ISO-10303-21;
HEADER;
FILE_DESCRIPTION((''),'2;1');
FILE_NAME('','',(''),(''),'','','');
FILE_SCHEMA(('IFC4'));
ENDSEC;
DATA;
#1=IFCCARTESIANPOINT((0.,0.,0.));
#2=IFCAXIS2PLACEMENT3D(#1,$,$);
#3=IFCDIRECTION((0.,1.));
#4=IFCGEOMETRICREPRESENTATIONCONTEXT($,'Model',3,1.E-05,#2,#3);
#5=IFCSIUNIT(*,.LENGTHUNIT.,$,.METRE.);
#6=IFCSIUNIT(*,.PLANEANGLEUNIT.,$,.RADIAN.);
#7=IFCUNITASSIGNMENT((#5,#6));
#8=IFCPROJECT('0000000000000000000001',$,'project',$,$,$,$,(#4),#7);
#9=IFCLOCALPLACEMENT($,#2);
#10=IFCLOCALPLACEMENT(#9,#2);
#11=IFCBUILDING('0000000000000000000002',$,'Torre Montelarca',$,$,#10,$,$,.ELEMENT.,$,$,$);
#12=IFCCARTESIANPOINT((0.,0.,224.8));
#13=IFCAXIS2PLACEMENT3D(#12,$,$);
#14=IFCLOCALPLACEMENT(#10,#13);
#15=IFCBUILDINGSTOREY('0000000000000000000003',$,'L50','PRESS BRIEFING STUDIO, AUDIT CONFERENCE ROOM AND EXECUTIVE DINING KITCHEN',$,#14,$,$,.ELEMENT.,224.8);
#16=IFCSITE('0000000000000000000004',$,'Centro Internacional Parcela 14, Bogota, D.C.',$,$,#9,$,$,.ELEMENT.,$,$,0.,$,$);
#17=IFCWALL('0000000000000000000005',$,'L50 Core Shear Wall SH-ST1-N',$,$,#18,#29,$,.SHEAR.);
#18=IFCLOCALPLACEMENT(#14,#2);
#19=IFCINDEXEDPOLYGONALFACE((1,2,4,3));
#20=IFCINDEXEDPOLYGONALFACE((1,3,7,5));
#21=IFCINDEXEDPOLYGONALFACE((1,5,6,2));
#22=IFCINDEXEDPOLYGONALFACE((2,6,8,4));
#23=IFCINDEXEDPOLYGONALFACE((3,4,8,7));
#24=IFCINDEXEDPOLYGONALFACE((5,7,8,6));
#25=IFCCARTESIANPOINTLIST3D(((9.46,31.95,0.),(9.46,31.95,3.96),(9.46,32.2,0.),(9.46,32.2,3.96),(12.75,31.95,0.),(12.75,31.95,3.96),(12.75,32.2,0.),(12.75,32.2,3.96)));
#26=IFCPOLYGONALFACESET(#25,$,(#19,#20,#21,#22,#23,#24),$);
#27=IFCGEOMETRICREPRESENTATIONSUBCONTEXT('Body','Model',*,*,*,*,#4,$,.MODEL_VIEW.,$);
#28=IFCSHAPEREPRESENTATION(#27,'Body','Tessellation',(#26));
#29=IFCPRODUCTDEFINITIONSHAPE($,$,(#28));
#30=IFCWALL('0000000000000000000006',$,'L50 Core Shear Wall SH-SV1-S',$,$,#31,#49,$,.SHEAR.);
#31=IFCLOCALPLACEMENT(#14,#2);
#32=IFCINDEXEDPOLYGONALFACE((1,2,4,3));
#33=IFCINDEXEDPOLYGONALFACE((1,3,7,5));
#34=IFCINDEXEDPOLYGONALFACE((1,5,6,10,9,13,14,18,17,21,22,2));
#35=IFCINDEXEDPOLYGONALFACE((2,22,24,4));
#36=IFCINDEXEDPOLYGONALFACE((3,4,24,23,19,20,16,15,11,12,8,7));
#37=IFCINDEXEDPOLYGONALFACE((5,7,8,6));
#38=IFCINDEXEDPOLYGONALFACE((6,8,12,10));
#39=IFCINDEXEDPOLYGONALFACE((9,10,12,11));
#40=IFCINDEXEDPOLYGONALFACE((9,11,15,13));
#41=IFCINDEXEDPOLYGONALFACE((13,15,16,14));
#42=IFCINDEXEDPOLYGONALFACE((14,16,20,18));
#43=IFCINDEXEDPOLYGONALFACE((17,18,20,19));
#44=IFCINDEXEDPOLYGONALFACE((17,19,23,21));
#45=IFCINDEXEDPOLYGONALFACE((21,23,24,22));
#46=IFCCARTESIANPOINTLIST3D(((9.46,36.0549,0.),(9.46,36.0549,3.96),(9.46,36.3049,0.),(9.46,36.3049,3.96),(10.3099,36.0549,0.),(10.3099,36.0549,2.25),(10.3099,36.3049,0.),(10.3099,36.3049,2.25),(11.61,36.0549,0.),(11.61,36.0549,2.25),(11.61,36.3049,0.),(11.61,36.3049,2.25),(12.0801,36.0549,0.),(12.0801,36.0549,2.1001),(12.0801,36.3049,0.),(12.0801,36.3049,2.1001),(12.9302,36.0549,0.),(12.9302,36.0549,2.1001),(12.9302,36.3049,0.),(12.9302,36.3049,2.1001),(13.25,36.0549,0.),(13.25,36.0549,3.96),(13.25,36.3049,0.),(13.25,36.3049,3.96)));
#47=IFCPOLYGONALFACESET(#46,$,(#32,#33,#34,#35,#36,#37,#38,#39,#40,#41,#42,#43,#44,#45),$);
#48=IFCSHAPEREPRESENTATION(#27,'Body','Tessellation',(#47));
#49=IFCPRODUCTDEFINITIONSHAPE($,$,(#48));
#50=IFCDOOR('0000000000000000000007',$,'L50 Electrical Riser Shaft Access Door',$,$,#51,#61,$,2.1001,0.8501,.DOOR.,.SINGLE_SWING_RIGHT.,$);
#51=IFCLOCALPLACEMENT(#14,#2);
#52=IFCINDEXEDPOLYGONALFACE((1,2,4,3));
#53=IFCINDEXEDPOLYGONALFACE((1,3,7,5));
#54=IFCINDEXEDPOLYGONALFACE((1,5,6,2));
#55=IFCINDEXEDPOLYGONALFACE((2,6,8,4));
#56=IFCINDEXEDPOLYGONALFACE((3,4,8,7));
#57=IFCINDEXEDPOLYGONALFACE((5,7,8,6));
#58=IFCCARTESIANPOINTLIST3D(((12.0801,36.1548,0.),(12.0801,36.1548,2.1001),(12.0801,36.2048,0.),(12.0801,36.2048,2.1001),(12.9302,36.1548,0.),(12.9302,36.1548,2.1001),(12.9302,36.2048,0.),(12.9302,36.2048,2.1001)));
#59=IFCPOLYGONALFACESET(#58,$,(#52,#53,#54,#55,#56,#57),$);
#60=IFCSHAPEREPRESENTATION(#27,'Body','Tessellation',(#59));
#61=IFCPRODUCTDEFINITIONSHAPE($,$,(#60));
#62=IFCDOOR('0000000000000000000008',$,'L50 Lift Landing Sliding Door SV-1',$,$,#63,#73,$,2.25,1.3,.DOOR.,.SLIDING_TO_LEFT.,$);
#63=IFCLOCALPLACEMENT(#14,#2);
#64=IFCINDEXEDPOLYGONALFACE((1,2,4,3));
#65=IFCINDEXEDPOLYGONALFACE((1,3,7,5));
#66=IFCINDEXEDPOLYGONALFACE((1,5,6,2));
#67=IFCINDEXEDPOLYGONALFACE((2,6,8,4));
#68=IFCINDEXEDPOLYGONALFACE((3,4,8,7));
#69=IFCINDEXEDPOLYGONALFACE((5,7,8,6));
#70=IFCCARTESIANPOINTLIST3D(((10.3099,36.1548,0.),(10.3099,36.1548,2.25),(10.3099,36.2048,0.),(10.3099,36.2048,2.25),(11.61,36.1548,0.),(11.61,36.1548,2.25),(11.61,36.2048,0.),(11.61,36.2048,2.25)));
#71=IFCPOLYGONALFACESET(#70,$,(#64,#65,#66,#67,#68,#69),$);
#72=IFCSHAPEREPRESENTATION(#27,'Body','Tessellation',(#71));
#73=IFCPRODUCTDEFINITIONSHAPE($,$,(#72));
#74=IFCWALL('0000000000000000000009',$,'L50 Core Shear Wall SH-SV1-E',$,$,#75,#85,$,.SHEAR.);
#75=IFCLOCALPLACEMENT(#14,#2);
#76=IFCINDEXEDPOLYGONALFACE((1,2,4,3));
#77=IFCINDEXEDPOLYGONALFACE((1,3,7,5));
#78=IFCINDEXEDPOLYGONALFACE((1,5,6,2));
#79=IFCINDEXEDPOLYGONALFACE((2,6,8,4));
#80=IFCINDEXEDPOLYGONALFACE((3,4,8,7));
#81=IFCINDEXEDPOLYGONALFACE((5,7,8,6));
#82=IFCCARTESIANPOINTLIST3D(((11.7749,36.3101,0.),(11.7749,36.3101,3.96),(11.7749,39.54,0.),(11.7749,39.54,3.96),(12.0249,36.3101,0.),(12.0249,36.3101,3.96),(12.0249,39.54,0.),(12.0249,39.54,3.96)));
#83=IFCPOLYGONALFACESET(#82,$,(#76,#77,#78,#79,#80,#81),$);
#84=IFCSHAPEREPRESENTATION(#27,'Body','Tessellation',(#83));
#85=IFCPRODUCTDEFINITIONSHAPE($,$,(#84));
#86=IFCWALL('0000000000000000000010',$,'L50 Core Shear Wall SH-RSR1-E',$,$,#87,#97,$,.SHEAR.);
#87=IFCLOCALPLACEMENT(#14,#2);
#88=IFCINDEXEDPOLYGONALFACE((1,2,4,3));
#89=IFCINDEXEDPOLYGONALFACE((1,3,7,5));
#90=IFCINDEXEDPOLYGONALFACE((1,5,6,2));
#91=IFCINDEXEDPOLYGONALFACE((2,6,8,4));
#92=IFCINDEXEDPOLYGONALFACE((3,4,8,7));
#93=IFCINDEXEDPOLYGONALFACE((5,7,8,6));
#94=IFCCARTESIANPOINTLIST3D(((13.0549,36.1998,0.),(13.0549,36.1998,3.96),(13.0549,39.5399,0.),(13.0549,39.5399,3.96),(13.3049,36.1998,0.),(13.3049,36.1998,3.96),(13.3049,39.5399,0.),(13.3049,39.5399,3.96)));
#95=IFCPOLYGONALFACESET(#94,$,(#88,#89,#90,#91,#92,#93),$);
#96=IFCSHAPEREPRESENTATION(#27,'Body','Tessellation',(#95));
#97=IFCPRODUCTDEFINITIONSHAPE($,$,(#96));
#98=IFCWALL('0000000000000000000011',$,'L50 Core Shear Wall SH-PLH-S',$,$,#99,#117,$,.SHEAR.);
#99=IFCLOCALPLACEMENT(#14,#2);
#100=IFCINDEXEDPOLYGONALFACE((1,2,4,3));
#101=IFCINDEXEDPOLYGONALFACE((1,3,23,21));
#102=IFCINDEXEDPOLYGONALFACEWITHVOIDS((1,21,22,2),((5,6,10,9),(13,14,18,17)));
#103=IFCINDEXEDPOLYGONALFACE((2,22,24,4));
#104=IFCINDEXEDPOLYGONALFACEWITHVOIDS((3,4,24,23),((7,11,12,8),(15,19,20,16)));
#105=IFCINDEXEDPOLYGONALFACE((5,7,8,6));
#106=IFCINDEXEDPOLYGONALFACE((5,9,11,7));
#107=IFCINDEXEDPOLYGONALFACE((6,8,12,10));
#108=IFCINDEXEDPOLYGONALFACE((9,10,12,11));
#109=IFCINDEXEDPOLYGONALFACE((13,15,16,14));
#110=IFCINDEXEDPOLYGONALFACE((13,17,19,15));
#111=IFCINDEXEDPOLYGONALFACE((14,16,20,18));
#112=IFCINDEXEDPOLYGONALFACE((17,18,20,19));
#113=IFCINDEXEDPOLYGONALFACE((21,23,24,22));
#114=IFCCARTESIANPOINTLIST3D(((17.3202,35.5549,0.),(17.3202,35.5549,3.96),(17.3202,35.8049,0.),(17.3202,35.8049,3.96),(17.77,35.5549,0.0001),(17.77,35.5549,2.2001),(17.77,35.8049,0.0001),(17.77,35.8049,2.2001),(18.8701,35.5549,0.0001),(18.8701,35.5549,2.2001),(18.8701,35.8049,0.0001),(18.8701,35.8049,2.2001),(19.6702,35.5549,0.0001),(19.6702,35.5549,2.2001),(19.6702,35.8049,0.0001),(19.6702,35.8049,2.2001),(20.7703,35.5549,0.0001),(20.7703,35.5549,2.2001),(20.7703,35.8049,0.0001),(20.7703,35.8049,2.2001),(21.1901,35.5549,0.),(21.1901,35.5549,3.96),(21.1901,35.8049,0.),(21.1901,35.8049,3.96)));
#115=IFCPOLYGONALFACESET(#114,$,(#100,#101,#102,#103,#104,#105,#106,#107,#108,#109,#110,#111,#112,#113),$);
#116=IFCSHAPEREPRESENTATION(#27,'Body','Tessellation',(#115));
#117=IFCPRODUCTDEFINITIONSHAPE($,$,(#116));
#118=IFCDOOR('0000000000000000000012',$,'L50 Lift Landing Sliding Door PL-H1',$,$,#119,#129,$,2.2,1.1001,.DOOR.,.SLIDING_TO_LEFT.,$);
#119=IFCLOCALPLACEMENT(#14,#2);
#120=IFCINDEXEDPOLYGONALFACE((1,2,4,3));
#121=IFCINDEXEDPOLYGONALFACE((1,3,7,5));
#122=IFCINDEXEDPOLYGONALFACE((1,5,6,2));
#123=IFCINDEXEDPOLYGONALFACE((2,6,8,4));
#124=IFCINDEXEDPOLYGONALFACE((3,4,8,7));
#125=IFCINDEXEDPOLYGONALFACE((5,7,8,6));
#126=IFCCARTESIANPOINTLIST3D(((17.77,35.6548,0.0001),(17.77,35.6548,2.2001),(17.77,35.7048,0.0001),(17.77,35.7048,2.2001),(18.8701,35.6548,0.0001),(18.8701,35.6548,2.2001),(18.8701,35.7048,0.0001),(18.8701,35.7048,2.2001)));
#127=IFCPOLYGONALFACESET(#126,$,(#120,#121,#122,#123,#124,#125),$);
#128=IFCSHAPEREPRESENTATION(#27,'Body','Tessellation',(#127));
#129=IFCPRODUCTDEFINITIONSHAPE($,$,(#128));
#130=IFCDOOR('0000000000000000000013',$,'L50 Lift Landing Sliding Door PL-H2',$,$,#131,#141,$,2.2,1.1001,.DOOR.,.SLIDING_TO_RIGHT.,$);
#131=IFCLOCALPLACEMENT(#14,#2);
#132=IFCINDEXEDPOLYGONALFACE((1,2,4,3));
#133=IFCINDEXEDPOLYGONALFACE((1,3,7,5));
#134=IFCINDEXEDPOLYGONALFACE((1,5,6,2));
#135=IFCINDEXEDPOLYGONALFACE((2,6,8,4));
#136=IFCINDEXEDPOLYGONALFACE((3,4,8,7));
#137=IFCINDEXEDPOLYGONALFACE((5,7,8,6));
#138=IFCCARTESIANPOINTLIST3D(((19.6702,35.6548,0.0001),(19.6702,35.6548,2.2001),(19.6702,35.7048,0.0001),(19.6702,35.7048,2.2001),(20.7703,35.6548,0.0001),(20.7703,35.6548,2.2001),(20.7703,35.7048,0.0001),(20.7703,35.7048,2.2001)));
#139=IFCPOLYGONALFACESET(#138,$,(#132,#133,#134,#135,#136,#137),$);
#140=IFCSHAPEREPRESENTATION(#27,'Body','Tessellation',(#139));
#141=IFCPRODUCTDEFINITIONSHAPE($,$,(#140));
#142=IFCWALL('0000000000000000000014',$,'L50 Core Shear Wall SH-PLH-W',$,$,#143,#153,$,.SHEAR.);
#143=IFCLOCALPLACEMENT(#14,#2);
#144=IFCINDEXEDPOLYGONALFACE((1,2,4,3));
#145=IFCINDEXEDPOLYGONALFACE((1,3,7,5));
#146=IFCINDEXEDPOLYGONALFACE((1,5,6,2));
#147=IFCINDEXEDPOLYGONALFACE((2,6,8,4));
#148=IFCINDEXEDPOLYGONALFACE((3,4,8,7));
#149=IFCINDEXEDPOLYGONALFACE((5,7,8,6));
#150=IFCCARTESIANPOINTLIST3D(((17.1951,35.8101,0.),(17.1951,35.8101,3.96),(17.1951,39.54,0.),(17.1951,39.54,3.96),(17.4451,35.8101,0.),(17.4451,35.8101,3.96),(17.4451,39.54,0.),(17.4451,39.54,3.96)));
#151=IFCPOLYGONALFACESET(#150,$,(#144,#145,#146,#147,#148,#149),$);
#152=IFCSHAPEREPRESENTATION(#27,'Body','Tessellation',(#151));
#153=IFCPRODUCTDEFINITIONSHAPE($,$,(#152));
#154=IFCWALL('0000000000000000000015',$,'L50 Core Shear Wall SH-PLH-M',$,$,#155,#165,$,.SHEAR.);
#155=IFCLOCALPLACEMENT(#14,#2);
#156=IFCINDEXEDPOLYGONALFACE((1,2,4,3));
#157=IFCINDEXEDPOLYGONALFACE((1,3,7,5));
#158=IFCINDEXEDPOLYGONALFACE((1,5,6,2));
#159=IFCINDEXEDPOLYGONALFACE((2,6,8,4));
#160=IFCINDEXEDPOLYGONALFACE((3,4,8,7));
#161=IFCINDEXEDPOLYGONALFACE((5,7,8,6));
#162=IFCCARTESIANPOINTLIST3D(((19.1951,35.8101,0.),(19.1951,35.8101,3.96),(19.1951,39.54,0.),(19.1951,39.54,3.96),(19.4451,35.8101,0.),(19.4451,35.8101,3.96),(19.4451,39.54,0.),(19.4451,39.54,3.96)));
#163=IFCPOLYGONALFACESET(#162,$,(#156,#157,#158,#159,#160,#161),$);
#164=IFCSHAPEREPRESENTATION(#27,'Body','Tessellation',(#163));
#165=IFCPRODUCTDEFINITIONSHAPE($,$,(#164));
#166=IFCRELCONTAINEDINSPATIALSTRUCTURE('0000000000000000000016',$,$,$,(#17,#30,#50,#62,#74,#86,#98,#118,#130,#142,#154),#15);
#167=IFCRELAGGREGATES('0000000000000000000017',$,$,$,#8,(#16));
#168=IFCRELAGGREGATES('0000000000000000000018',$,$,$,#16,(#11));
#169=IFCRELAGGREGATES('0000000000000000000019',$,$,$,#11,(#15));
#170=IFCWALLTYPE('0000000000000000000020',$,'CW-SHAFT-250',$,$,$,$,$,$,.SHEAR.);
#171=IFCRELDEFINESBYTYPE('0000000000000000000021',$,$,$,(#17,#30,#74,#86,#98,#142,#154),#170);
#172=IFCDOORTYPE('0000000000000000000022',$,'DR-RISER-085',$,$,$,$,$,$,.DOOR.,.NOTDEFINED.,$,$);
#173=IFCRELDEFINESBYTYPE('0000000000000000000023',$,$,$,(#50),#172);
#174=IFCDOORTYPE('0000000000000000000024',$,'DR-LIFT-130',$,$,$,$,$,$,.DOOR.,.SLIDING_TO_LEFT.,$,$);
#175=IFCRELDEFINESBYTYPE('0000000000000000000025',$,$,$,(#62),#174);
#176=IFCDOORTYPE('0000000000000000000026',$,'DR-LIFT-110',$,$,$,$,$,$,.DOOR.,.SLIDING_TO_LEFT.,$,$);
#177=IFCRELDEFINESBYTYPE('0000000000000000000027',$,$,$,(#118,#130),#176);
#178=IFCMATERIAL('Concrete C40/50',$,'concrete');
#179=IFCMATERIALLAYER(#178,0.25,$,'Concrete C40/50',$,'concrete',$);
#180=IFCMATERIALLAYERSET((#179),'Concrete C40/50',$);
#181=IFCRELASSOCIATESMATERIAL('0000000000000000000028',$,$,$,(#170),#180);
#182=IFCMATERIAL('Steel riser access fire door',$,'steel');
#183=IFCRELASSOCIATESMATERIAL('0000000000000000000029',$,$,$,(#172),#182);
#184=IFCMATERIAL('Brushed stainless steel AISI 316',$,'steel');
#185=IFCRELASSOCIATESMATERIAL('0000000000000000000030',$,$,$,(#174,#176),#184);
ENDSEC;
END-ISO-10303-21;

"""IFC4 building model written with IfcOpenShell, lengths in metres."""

from ifc_helpers import new_model, si_unit, direction, frame, frame_2d, origin, place, context, subcontext, project, spatial, rectangle, extrude, source, transform, mapped, material, layer, layer_set, type_object, element, fill, save


model = new_model("IFC4")

# Units and contexts
model_context = context("Model", 3, precision=1e-05, world=origin(), true_north=direction((0.0, 1.0)))
body_context = subcontext(model_context, "Body", "Model", "MODEL_VIEW")
ifc_project = project(units=[si_unit("LENGTHUNIT", "METRE"), si_unit("PLANEANGLEUNIT", "RADIAN")], contexts=[model_context])

# Site, building, storey
site_placement = place(None, origin())
site = spatial("IfcSite", under=ifc_project, at=site_placement, Name="Centro Internacional Parcela 14, Bogota, D.C.", CompositionType="ELEMENT", RefElevation=0.0)
building_placement = place(site_placement, origin())
building = spatial("IfcBuilding", under=site, at=building_placement, Name="Torre Montelarca", CompositionType="ELEMENT")
storey_placement = place(building_placement, frame((0.0, 0.0, 224.8)))
storey = spatial("IfcBuildingStorey", under=building, at=storey_placement, Name="L50", Description="PRESS BRIEFING STUDIO, AUDIT CONFERENCE ROOM AND EXECUTIVE DINING KITCHEN", CompositionType="ELEMENT", Elevation=224.8)

# Wall
ifc_material_1 = material(Name="Concrete C40/50", Category="concrete")
ifc_layer_1 = layer(ifc_material_1, 0.25, Name="Concrete C40/50", Category="concrete")
ifc_layer_set_1 = layer_set([ifc_layer_1], Name="Concrete C40/50")
wall_type_1 = type_object("IfcWallType", Name="CW-SHAFT-250", PredefinedType="SHEAR", material=ifc_layer_set_1)
wall_1_placement = place(storey_placement, frame((9.46, 32.075, 0.0), z_axis=(0.0, 0.0, 1.0), x_axis=(1.0, 0.0, 0.0)))
element("IfcWall", 1, at=wall_1_placement, inside=storey, type_object=wall_type_1, Name="L50 Core Shear Wall SH-ST1-N", PredefinedType="SHEAR", context=body_context, shape_type="SweptSolid", body=[
    extrude(rectangle(XDim=3.29, YDim=0.25, at=frame_2d((1.645, 0.0))), origin(), (0.0, 0.0, 1.0), 3.96),
])

# Wall, openings, doors
wall_2_placement = place(storey_placement, frame((9.46, 36.1799, 0.0), z_axis=(0.0, 0.0, 1.0), x_axis=(1.0, 0.0, 0.0)))
wall_2 = element("IfcWall", 2, at=wall_2_placement, inside=storey, type_object=wall_type_1, Name="L50 Core Shear Wall SH-SV1-S", PredefinedType="SHEAR", context=body_context, shape_type="SweptSolid", body=[
    extrude(rectangle(XDim=3.79, YDim=0.25, at=frame_2d((1.895, 0.0))), origin(), (0.0, 0.0, 1.0), 3.96),
])
opening_1_placement = place(wall_2_placement, frame((2.6201, 0.0, 0.0)))
opening_1 = element("IfcOpeningElement", 3, at=opening_1_placement, cuts=wall_2, PredefinedType="OPENING", context=body_context, shape_type="SweptSolid", body=[
    extrude(rectangle(XDim=0.8501, YDim=2.1001, at=frame_2d((0.425, 1.05))), frame((0.0, 0.135, 0.0), z_axis=(0.0, -1.0, 0.0), x_axis=(1.0, 0.0, 0.0)), (0.0, 0.0, 1.0), 0.27),
])
opening_2_placement = place(wall_2_placement, frame((0.8501, 0.0, 0.0)))
opening_2 = element("IfcOpeningElement", 4, at=opening_2_placement, cuts=wall_2, PredefinedType="OPENING", context=body_context, shape_type="SweptSolid", body=[
    extrude(rectangle(XDim=1.3, YDim=2.25, at=frame_2d((0.6499, 1.125))), frame((0.0, 0.135, 0.0), z_axis=(0.0, -1.0, 0.0), x_axis=(1.0, 0.0, 0.0)), (0.0, 0.0, 1.0), 0.27),
])
ifc_material_2 = material(Name="Steel riser access fire door", Category="steel")
door_type_1 = type_object("IfcDoorType", Name="DR-RISER-085", OperationType="NOTDEFINED", PredefinedType="DOOR", material=ifc_material_2)
shared_shape_1 = source(origin(), body_context, "Body", "SweptSolid", [
    extrude(rectangle(XDim=0.8501, YDim=2.1001, at=frame_2d((0.425, 1.05))), frame((0.0, 0.0249, 0.0), z_axis=(0.0, -1.0, 0.0), x_axis=(1.0, 0.0, 0.0)), (0.0, 0.0, 1.0), 0.05),
])
door_1_placement = place(opening_1_placement, origin())
door_1 = element("IfcDoor", 5, at=door_1_placement, inside=storey, type_object=door_type_1, Name="L50 Electrical Riser Shaft Access Door", OperationType="SINGLE_SWING_RIGHT", OverallHeight=2.1001, OverallWidth=0.8501, PredefinedType="DOOR", context=body_context, shape_type="MappedRepresentation", body=[
    mapped(shared_shape_1, transform((0.0, 0.0, 0.0), scale=1.0)),
])
fill(opening_1, door_1)
ifc_material_3 = material(Name="Brushed stainless steel AISI 316", Category="steel")
door_type_2 = type_object("IfcDoorType", Name="DR-LIFT-130", OperationType="SLIDING_TO_LEFT", PredefinedType="DOOR", material=ifc_material_3)
shared_shape_2 = source(origin(), body_context, "Body", "SweptSolid", [
    extrude(rectangle(XDim=1.3, YDim=2.25, at=frame_2d((0.6499, 1.125))), frame((0.0, 0.0249, 0.0), z_axis=(0.0, -1.0, 0.0), x_axis=(1.0, 0.0, 0.0)), (0.0, 0.0, 1.0), 0.05),
])
door_2_placement = place(opening_2_placement, origin())
door_2 = element("IfcDoor", 6, at=door_2_placement, inside=storey, type_object=door_type_2, Name="L50 Lift Landing Sliding Door SV-1", OperationType="SLIDING_TO_LEFT", OverallHeight=2.25, OverallWidth=1.3, PredefinedType="DOOR", context=body_context, shape_type="MappedRepresentation", body=[
    mapped(shared_shape_2, transform((0.0, 0.0, 0.0), scale=1.0)),
])
fill(opening_2, door_2)

# Walls
wall_3_placement = place(storey_placement, frame((11.8999, 36.3101, 0.0), z_axis=(0.0, 0.0, 1.0), x_axis=(0.0, 1.0, 0.0)))
element("IfcWall", 7, at=wall_3_placement, inside=storey, type_object=wall_type_1, Name="L50 Core Shear Wall SH-SV1-E", PredefinedType="SHEAR", context=body_context, shape_type="SweptSolid", body=[
    extrude(rectangle(XDim=3.23, YDim=0.25, at=frame_2d((1.615, 0.0))), origin(), (0.0, 0.0, 1.0), 3.96),
])
wall_4_placement = place(storey_placement, frame((13.1799, 36.2, 0.0), z_axis=(0.0, 0.0, 1.0), x_axis=(0.0, 1.0, 0.0)))
element("IfcWall", 8, at=wall_4_placement, inside=storey, type_object=wall_type_1, Name="L50 Core Shear Wall SH-RSR1-E", PredefinedType="SHEAR", context=body_context, shape_type="SweptSolid", body=[
    extrude(rectangle(XDim=3.3401, YDim=0.25, at=frame_2d((1.6699, 0.0))), origin(), (0.0, 0.0, 1.0), 3.96),
])

# Wall, openings, doors
wall_5_placement = place(storey_placement, frame((17.3201, 35.6799, 0.0), z_axis=(0.0, 0.0, 1.0), x_axis=(1.0, 0.0, 0.0)))
wall_5 = element("IfcWall", 9, at=wall_5_placement, inside=storey, type_object=wall_type_1, Name="L50 Core Shear Wall SH-PLH-S", PredefinedType="SHEAR", context=body_context, shape_type="SweptSolid", body=[
    extrude(rectangle(XDim=3.8699, YDim=0.25, at=frame_2d((1.9351, 0.0))), origin(), (0.0, 0.0, 1.0), 3.96),
])
opening_3_placement = place(wall_5_placement, frame((0.45, 0.0, 0.0)))
opening_3 = element("IfcOpeningElement", 10, at=opening_3_placement, cuts=wall_5, PredefinedType="OPENING", context=body_context, shape_type="SweptSolid", body=[
    extrude(rectangle(XDim=1.1001, YDim=2.2, at=frame_2d((0.55, 1.1001))), frame((0.0, 0.135, 0.0), z_axis=(0.0, -1.0, 0.0), x_axis=(1.0, 0.0, 0.0)), (0.0, 0.0, 1.0), 0.27),
])
opening_4_placement = place(wall_5_placement, frame((2.3501, 0.0, 0.0)))
opening_4 = element("IfcOpeningElement", 11, at=opening_4_placement, cuts=wall_5, PredefinedType="OPENING", context=body_context, shape_type="SweptSolid", body=[
    extrude(rectangle(XDim=1.1001, YDim=2.2, at=frame_2d((0.55, 1.1001))), frame((0.0, 0.135, 0.0), z_axis=(0.0, -1.0, 0.0), x_axis=(1.0, 0.0, 0.0)), (0.0, 0.0, 1.0), 0.27),
])
door_type_3 = type_object("IfcDoorType", Name="DR-LIFT-110", OperationType="SLIDING_TO_LEFT", PredefinedType="DOOR", material=ifc_material_3)
shared_shape_3 = source(origin(), body_context, "Body", "SweptSolid", [
    extrude(rectangle(XDim=1.1001, YDim=2.2, at=frame_2d((0.55, 1.1001))), frame((0.0, 0.0249, 0.0), z_axis=(0.0, -1.0, 0.0), x_axis=(1.0, 0.0, 0.0)), (0.0, 0.0, 1.0), 0.05),
])
door_3_placement = place(opening_3_placement, origin())
door_3 = element("IfcDoor", 12, at=door_3_placement, inside=storey, type_object=door_type_3, Name="L50 Lift Landing Sliding Door PL-H1", OperationType="SLIDING_TO_LEFT", OverallHeight=2.2, OverallWidth=1.1001, PredefinedType="DOOR", context=body_context, shape_type="MappedRepresentation", body=[
    mapped(shared_shape_3, transform((0.0, 0.0, 0.0), scale=1.0)),
])
fill(opening_3, door_3)
door_4_placement = place(opening_4_placement, origin())
door_4 = element("IfcDoor", 13, at=door_4_placement, inside=storey, type_object=door_type_3, Name="L50 Lift Landing Sliding Door PL-H2", OperationType="SLIDING_TO_RIGHT", OverallHeight=2.2, OverallWidth=1.1001, PredefinedType="DOOR", context=body_context, shape_type="MappedRepresentation", body=[
    mapped(shared_shape_3, transform((0.0, 0.0, 0.0), scale=1.0)),
])
fill(opening_4, door_4)

# Walls
for number, where, z_axis, x_axis, name in (
    (14, (17.3201, 35.8101, 0.0), (0.0, 0.0, 1.0), (0.0, 1.0, 0.0), "L50 Core Shear Wall SH-PLH-W"),
    (15, (19.3201, 35.8101, 0.0), (0.0, 0.0, 1.0), (0.0, 1.0, 0.0), "L50 Core Shear Wall SH-PLH-M"),
):
    element("IfcWall", number, at=place(storey_placement, frame(where, z_axis=z_axis, x_axis=x_axis)), inside=storey, type_object=wall_type_1, Name=name, PredefinedType="SHEAR", context=body_context, shape_type="SweptSolid", body=[
        extrude(rectangle(XDim=3.73, YDim=0.25, at=frame_2d((1.865, 0.0))), origin(), (0.0, 0.0, 1.0), 3.96),
    ])

save(model, "model.ifc")
